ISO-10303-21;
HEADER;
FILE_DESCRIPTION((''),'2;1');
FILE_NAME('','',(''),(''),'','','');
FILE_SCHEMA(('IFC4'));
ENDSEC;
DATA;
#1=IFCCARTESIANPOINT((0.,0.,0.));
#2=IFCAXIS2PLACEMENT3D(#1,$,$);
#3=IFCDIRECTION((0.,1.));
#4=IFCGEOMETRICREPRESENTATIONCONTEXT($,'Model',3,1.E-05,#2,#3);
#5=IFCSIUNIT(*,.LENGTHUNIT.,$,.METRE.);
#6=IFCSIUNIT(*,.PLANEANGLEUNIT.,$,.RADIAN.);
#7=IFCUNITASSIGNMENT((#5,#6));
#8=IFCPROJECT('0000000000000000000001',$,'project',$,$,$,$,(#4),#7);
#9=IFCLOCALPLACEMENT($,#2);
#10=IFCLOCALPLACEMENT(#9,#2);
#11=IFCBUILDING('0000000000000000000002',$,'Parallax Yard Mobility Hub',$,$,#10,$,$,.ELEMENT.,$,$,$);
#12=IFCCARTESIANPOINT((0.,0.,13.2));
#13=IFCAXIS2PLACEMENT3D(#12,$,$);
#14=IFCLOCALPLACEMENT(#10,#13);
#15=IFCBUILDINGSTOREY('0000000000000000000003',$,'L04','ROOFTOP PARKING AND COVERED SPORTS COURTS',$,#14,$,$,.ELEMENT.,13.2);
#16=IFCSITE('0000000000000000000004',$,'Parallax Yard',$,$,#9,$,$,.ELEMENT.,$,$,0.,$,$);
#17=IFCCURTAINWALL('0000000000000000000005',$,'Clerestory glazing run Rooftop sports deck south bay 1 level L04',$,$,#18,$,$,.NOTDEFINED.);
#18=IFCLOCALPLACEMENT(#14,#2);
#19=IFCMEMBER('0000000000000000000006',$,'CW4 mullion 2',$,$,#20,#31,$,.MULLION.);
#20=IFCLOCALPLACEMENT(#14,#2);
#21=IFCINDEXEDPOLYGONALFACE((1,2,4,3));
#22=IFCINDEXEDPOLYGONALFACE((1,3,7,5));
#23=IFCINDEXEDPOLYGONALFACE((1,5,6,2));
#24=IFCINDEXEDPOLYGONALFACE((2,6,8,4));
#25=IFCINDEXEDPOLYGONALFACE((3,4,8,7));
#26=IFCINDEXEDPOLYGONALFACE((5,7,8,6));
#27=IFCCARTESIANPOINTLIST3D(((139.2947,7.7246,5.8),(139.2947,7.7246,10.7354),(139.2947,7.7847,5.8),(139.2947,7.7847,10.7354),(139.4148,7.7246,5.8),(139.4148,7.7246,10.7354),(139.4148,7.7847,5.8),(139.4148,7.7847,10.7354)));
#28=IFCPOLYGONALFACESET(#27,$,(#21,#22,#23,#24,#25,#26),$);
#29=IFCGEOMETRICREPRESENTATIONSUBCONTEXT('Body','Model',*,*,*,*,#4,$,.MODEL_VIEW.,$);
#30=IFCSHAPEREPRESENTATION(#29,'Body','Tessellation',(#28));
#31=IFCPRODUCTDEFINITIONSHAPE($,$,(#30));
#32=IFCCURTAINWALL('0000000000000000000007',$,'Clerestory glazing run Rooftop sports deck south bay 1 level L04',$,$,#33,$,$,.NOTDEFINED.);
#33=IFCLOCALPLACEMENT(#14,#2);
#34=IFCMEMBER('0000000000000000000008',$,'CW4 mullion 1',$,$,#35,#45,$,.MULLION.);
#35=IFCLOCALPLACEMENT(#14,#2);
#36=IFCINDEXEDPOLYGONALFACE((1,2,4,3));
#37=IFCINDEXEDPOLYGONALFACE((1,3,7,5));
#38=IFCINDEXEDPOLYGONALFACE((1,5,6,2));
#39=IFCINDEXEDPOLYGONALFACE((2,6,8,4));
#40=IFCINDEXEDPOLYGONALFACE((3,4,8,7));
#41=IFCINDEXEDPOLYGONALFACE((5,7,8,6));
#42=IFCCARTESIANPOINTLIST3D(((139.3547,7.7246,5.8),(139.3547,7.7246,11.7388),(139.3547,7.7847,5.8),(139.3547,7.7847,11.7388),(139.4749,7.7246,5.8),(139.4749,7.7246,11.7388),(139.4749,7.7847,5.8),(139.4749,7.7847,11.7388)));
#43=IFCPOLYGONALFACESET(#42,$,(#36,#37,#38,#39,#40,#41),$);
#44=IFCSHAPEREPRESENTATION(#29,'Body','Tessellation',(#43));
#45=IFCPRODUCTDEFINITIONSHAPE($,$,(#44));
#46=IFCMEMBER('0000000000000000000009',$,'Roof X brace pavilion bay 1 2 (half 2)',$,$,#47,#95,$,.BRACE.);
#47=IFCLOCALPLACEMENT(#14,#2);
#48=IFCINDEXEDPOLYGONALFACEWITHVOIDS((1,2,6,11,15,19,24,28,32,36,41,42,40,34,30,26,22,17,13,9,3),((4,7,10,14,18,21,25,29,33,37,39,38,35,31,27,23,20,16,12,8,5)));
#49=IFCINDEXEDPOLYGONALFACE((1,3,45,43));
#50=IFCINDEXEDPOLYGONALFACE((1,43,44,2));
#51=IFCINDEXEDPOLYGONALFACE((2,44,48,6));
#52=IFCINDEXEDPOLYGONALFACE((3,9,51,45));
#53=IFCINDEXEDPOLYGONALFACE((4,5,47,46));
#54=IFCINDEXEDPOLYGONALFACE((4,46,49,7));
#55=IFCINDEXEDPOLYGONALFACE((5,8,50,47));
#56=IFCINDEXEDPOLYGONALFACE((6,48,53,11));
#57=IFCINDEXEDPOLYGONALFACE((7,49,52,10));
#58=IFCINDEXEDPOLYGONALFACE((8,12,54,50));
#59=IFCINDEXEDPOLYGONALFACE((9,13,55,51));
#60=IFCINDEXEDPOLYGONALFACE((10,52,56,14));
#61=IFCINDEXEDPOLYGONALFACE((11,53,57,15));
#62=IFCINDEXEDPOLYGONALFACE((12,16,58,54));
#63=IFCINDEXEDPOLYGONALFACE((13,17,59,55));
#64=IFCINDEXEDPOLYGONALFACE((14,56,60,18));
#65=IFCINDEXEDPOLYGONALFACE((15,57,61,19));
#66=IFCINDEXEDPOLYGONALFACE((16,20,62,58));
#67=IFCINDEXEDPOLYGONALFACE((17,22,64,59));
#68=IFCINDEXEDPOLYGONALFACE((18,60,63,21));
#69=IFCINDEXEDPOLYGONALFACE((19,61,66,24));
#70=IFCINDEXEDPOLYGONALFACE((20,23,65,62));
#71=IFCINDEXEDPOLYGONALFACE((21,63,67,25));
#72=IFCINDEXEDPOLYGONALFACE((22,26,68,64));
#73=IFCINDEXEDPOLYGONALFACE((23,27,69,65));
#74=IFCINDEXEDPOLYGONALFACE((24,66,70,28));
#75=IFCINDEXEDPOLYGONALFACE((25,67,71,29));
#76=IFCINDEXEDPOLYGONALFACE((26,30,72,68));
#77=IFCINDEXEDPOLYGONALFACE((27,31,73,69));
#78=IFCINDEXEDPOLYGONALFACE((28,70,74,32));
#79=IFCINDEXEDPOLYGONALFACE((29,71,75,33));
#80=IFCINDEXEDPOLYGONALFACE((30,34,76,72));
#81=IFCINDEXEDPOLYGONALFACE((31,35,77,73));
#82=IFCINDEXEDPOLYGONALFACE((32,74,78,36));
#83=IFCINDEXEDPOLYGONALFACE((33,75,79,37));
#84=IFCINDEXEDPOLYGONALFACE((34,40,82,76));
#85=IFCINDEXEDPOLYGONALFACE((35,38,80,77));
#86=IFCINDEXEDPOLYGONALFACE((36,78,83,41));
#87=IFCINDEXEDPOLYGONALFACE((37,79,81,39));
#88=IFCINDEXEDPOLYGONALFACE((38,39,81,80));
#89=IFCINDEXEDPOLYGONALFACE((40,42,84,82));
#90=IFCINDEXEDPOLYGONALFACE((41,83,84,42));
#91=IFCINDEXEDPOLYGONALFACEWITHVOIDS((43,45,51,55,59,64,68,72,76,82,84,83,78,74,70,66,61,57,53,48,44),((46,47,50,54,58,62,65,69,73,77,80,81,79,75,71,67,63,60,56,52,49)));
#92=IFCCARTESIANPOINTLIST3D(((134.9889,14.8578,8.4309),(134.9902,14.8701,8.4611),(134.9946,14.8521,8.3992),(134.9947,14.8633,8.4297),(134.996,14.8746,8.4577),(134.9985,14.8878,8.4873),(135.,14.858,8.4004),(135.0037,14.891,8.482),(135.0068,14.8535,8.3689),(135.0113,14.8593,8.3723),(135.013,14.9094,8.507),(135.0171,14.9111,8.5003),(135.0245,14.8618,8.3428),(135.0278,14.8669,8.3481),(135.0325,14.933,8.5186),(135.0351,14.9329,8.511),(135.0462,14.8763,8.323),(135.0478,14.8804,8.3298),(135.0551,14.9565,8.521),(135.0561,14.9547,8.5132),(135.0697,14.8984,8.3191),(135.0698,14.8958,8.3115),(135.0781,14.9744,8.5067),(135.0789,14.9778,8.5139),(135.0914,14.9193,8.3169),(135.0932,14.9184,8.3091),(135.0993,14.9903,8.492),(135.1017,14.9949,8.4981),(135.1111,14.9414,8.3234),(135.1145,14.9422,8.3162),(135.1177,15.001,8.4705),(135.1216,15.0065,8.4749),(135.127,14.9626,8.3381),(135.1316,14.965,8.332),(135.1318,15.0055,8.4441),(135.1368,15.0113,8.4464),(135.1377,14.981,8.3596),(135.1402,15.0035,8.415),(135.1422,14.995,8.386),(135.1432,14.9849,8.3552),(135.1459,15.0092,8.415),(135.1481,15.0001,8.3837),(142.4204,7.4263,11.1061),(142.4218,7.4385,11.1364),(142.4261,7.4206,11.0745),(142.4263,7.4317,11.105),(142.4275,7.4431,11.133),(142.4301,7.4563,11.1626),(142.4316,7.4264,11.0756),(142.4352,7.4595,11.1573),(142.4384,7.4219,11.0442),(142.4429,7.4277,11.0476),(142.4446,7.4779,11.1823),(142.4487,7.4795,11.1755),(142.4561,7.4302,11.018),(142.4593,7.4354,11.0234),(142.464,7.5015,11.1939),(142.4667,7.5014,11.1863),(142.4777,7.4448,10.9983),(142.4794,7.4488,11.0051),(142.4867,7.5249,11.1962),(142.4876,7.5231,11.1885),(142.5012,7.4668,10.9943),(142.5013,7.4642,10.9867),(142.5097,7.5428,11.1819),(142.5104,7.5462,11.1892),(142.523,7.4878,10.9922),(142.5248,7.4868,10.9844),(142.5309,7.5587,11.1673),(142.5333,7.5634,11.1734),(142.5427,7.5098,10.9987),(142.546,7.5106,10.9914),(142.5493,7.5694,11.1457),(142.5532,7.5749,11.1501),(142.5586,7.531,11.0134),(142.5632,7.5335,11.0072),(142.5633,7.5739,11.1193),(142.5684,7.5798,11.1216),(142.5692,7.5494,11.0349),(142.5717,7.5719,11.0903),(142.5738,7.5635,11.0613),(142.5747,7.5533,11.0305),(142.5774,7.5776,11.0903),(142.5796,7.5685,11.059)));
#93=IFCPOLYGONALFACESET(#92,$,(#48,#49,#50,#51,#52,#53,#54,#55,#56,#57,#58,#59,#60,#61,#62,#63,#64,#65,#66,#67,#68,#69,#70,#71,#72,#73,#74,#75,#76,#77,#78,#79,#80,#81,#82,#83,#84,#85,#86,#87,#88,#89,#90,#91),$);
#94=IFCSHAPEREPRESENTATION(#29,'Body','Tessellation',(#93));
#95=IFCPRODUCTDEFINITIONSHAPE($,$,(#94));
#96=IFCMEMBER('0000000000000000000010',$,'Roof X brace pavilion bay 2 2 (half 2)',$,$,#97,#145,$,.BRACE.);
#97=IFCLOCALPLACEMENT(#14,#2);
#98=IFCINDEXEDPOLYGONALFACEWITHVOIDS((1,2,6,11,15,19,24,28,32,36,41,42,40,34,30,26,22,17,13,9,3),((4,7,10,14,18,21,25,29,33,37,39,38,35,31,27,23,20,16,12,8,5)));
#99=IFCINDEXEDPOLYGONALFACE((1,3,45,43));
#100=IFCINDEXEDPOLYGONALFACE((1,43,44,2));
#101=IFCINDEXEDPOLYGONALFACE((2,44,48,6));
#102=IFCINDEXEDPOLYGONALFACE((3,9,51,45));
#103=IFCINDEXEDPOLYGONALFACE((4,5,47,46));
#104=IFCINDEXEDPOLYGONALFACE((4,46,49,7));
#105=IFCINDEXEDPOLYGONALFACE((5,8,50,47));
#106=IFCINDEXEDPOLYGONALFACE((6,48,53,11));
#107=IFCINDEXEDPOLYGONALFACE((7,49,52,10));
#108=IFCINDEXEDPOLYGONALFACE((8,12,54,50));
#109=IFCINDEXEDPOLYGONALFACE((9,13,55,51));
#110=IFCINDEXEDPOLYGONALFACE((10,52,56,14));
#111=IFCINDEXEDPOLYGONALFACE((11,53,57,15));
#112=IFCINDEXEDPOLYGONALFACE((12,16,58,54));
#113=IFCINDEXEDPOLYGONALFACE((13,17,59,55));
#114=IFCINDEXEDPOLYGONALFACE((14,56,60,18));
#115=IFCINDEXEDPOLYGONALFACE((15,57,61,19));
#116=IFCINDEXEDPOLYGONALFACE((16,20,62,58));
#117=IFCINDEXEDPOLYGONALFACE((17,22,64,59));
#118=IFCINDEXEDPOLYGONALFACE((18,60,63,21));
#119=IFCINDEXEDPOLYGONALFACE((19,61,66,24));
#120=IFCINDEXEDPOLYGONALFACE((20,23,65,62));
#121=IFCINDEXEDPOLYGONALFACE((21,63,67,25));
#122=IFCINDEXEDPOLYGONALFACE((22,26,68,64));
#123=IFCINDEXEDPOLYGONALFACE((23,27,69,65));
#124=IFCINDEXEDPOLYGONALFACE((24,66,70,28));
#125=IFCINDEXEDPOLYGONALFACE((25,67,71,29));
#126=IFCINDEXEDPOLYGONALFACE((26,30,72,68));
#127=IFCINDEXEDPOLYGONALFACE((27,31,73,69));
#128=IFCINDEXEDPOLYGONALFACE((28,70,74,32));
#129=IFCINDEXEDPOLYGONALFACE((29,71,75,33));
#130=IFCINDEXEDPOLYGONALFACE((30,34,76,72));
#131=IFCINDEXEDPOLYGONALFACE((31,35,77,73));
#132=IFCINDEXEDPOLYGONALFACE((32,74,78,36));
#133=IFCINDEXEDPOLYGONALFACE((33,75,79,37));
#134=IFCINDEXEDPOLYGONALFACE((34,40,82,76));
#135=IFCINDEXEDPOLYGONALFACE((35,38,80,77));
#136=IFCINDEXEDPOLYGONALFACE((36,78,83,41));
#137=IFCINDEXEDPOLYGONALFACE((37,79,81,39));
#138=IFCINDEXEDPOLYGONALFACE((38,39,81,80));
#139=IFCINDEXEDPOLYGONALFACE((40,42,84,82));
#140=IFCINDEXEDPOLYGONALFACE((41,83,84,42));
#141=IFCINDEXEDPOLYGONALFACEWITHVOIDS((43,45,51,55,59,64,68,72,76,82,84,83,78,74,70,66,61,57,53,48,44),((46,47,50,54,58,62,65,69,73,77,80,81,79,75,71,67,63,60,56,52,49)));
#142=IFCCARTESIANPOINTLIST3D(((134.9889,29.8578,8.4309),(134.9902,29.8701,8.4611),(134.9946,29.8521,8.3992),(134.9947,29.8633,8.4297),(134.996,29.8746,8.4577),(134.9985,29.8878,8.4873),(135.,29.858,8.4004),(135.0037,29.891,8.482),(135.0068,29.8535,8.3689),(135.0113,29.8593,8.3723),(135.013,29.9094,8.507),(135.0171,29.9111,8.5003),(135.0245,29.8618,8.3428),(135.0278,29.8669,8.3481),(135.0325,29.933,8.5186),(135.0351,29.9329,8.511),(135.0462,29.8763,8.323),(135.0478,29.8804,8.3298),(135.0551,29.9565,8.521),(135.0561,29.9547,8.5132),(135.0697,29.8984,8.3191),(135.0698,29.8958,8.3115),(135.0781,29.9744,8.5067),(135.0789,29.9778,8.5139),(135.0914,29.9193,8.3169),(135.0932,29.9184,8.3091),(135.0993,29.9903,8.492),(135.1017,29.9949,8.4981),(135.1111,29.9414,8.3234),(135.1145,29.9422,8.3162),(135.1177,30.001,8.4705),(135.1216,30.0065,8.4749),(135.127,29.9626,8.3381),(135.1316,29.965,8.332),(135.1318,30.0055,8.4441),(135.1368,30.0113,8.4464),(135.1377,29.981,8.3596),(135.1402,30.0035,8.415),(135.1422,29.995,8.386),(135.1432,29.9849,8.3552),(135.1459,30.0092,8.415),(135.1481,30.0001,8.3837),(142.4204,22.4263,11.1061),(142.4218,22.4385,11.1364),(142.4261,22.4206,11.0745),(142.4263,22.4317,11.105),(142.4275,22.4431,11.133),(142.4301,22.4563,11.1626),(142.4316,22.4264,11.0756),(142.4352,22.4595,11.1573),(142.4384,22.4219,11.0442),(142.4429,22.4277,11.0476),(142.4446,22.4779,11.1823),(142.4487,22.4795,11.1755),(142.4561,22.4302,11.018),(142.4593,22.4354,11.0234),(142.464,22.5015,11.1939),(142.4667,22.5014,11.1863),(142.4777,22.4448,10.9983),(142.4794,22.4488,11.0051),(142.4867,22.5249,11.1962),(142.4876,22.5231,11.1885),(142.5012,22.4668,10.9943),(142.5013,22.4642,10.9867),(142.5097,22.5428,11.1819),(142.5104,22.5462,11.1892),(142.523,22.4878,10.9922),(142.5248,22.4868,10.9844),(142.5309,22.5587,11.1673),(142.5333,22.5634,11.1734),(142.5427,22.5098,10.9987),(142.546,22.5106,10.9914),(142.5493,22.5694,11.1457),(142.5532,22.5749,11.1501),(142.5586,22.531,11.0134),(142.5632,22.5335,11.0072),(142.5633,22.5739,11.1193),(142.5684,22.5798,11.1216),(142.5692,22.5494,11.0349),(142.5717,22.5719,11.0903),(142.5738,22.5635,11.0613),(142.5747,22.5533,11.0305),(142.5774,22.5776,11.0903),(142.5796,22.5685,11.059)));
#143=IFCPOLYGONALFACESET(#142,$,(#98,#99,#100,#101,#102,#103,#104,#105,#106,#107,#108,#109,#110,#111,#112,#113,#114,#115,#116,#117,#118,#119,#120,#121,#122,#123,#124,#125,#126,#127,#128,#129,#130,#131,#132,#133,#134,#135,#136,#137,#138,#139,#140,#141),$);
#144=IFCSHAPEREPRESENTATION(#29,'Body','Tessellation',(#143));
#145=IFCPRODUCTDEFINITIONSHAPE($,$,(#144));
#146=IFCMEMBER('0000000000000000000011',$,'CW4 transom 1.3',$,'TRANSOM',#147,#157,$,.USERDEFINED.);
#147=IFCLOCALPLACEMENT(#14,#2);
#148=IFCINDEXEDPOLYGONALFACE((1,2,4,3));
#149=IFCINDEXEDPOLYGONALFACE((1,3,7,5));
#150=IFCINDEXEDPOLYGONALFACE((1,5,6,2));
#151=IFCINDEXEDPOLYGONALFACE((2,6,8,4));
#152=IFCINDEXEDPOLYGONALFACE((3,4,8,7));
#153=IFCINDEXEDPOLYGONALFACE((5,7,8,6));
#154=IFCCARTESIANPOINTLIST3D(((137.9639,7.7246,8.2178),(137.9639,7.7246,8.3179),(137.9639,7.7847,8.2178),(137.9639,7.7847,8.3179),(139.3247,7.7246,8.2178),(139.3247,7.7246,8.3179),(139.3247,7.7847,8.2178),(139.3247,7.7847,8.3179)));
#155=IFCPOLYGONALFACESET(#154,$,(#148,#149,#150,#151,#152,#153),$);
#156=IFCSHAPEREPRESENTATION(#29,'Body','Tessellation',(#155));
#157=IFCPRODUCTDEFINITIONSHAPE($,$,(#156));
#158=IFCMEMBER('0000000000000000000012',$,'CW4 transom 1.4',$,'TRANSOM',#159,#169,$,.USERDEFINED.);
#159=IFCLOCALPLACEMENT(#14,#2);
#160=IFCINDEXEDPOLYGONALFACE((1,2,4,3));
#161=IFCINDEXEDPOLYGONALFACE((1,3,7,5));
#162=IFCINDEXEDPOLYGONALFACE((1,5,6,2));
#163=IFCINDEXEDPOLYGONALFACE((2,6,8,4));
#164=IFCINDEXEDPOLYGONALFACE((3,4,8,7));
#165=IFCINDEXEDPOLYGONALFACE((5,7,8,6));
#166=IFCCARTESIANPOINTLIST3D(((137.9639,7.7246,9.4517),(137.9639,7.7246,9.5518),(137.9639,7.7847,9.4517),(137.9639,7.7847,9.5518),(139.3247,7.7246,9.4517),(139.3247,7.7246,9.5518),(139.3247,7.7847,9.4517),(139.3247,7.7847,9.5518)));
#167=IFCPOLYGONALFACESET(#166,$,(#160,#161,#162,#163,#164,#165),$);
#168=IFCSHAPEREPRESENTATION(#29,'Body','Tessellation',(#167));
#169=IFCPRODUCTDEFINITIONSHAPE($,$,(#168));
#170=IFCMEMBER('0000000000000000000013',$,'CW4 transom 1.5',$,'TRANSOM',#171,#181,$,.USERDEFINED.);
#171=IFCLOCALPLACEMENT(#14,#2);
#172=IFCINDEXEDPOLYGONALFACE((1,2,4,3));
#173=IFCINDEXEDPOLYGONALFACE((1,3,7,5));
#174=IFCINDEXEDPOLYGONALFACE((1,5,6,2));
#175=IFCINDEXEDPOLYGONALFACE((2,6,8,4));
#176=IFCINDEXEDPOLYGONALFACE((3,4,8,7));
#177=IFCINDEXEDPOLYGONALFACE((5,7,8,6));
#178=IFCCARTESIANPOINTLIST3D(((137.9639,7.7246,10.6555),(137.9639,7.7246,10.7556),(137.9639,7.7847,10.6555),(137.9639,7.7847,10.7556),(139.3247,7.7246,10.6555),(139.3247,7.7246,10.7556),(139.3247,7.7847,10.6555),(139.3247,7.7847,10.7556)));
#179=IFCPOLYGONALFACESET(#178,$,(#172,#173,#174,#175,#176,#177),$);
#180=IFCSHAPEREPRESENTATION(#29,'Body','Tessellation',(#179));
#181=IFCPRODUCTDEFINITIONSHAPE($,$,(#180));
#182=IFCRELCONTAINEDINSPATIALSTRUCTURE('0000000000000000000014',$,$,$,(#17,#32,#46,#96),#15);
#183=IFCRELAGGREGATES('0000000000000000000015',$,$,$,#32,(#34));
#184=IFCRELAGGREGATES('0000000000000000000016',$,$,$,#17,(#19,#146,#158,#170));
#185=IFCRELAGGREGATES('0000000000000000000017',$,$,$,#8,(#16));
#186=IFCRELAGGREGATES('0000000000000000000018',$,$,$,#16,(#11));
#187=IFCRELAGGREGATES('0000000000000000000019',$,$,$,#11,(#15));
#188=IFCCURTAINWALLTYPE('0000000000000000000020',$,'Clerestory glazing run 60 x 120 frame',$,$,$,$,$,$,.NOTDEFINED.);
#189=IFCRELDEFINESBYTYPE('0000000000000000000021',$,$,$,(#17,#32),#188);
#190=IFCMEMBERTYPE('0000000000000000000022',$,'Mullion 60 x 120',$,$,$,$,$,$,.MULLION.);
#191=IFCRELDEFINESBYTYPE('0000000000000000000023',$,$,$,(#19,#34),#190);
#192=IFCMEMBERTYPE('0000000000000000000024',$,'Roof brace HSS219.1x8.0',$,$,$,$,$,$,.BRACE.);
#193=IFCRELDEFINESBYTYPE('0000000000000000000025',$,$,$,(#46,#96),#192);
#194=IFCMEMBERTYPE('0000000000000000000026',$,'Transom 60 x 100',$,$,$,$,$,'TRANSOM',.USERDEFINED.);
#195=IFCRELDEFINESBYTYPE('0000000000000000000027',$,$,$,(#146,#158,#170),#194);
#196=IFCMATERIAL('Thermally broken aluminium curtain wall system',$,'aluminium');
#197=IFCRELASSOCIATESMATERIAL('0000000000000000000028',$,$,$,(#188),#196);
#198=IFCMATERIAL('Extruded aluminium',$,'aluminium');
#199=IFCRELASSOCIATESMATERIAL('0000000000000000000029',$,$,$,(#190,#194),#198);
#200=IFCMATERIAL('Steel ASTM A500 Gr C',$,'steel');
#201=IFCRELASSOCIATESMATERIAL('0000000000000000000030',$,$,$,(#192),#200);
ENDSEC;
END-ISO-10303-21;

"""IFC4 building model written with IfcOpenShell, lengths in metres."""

from ifc_helpers import new_model, si_unit, direction, frame, origin, origin_2d, place, context, subcontext, project, spatial, rectangle, hollow_circle, extrude, material, material_profile, profile_set, type_object, element, aggregate, save


model = new_model("IFC4")

# Units and contexts
model_context = context("Model", 3, precision=1e-05, world=origin(), true_north=direction((0.0, 1.0)))
body_context = subcontext(model_context, "Body", "Model", "MODEL_VIEW")
ifc_project = project(units=[si_unit("LENGTHUNIT", "METRE"), si_unit("PLANEANGLEUNIT", "RADIAN")], contexts=[model_context])

# Site, building, storey
site_placement = place(None, origin())
site = spatial("IfcSite", under=ifc_project, at=site_placement, Name="Parallax Yard", CompositionType="ELEMENT", RefElevation=0.0)
building_placement = place(site_placement, origin())
building = spatial("IfcBuilding", under=site, at=building_placement, Name="Parallax Yard Mobility Hub", CompositionType="ELEMENT")
storey_placement = place(building_placement, frame((0.0, 0.0, 13.2)))
storey = spatial("IfcBuildingStorey", under=building, at=storey_placement, Name="L04", Description="ROOFTOP PARKING AND COVERED SPORTS COURTS", CompositionType="ELEMENT", Elevation=13.2)

# Curtain walls, members
ifc_material_1 = material(Name="Thermally broken aluminium curtain wall system", Category="aluminium")
curtain_wall_type = type_object("IfcCurtainWallType", Name="Clerestory glazing run 60 x 120 frame", PredefinedType="NOTDEFINED", material=ifc_material_1)
curtain_wall_1_placement = place(storey_placement, origin())
curtain_wall_1 = element("IfcCurtainWall", 1, at=curtain_wall_1_placement, inside=storey, type_object=curtain_wall_type, Name="Clerestory glazing run Rooftop sports deck south bay 1 level L04", PredefinedType="NOTDEFINED")
ifc_material_2 = material(Name="Extruded aluminium", Category="aluminium")
ifc_material_profile_1 = material_profile(ifc_material_2, rectangle(XDim=0.0601, YDim=0.1201, at=origin_2d()), Name="Mullion 60 x 120")
ifc_profile_set_1 = profile_set([ifc_material_profile_1], Name="Extruded aluminium")
member_type_1 = type_object("IfcMemberType", Name="Mullion 60 x 120", PredefinedType="MULLION", material=ifc_profile_set_1)
member_1_placement = place(storey_placement, frame((139.3547, 7.7546, 5.8), z_axis=(0.0, 0.0, 1.0), x_axis=(0.0, 1.0, 0.0)))
member_1 = element("IfcMember", 2, at=member_1_placement, type_object=member_type_1, Name="CW4 mullion 2", PredefinedType="MULLION", context=body_context, shape_type="SweptSolid", body=[
    extrude(rectangle(XDim=0.0601, YDim=0.1201, at=origin_2d()), origin(), (0.0, 0.0, 1.0), 4.9353),
])
curtain_wall_2_placement = place(storey_placement, origin())
curtain_wall_2 = element("IfcCurtainWall", 3, at=curtain_wall_2_placement, inside=storey, type_object=curtain_wall_type, Name="Clerestory glazing run Rooftop sports deck south bay 1 level L04", PredefinedType="NOTDEFINED")
member_2_placement = place(storey_placement, frame((139.4148, 7.7546, 5.8), z_axis=(0.0, 0.0, 1.0), x_axis=(0.0, 1.0, 0.0)))
member_2 = element("IfcMember", 4, at=member_2_placement, type_object=member_type_1, Name="CW4 mullion 1", PredefinedType="MULLION", context=body_context, shape_type="SweptSolid", body=[
    extrude(rectangle(XDim=0.0601, YDim=0.1201, at=origin_2d()), origin(), (0.0, 0.0, 1.0), 5.9387),
])
aggregate(curtain_wall_2, [member_2])

# Members
ifc_material_3 = material(Name="Steel ASTM A500 Gr C", Category="steel")
ifc_material_profile_2 = material_profile(ifc_material_3, hollow_circle(Radius=0.1096, WallThickness=0.0081, at=origin_2d()), Name="HSS219.1x8.0")
ifc_profile_set_2 = profile_set([ifc_material_profile_2], Name="Steel ASTM A500 Gr C")
member_type_2 = type_object("IfcMemberType", Name="Roof brace HSS219.1x8.0", PredefinedType="BRACE", material=ifc_profile_set_2)
for number, where, z_axis, x_axis, name in (
    (5, (135.0684, 14.9316, 8.415), (0.685255, -0.685255, 0.246683), (0.707107, 0.707107, 0.0), "Roof X brace pavilion bay 1 2 (half 2)"),
    (6, (135.0684, 29.9316, 8.415), (0.685255, -0.685255, 0.246683), (0.707107, 0.707107, 0.0), "Roof X brace pavilion bay 2 2 (half 2)"),
):
    element("IfcMember", number, at=place(storey_placement, frame(where, z_axis=z_axis, x_axis=x_axis)), inside=storey, type_object=member_type_2, Name=name, PredefinedType="BRACE", context=body_context, shape_type="SweptSolid", body=[
        extrude(hollow_circle(Radius=0.1096, WallThickness=0.0081, at=origin_2d()), origin(), (0.0, 0.0, 1.0), 10.845),
    ])

# Members
ifc_material_profile_3 = material_profile(ifc_material_2, rectangle(XDim=0.0601, YDim=0.1001, at=origin_2d()), Name="Transom 60 x 100")
ifc_profile_set_3 = profile_set([ifc_material_profile_3], Name="Extruded aluminium")
member_type_3 = type_object("IfcMemberType", Name="Transom 60 x 100", ElementType="TRANSOM", PredefinedType="USERDEFINED", material=ifc_profile_set_3)
member_3_placement = place(storey_placement, frame((137.9639, 7.7546, 8.2678), z_axis=(1.0, 0.0, 0.0), x_axis=(0.0, 1.0, 0.0)))
member_3 = element("IfcMember", 7, at=member_3_placement, type_object=member_type_3, Name="CW4 transom 1.3", ObjectType="TRANSOM", PredefinedType="USERDEFINED", context=body_context, shape_type="SweptSolid", body=[
    extrude(rectangle(XDim=0.0601, YDim=0.1001, at=origin_2d()), origin(), (0.0, 0.0, 1.0), 1.3608),
])
member_4_placement = place(storey_placement, frame((137.9639, 7.7546, 9.5017), z_axis=(1.0, 0.0, 0.0), x_axis=(0.0, 1.0, 0.0)))
member_4 = element("IfcMember", 8, at=member_4_placement, type_object=member_type_3, Name="CW4 transom 1.4", ObjectType="TRANSOM", PredefinedType="USERDEFINED", context=body_context, shape_type="SweptSolid", body=[
    extrude(rectangle(XDim=0.0601, YDim=0.1001, at=origin_2d()), origin(), (0.0, 0.0, 1.0), 1.3608),
])
member_5_placement = place(storey_placement, frame((137.9639, 7.7546, 10.7056), z_axis=(1.0, 0.0, 0.0), x_axis=(0.0, 1.0, 0.0)))
member_5 = element("IfcMember", 9, at=member_5_placement, type_object=member_type_3, Name="CW4 transom 1.5", ObjectType="TRANSOM", PredefinedType="USERDEFINED", context=body_context, shape_type="SweptSolid", body=[
    extrude(rectangle(XDim=0.0601, YDim=0.1001, at=origin_2d()), origin(), (0.0, 0.0, 1.0), 1.3608),
])

aggregate(curtain_wall_1, [member_1, member_3, member_4, member_5])

save(model, "model.ifc")
